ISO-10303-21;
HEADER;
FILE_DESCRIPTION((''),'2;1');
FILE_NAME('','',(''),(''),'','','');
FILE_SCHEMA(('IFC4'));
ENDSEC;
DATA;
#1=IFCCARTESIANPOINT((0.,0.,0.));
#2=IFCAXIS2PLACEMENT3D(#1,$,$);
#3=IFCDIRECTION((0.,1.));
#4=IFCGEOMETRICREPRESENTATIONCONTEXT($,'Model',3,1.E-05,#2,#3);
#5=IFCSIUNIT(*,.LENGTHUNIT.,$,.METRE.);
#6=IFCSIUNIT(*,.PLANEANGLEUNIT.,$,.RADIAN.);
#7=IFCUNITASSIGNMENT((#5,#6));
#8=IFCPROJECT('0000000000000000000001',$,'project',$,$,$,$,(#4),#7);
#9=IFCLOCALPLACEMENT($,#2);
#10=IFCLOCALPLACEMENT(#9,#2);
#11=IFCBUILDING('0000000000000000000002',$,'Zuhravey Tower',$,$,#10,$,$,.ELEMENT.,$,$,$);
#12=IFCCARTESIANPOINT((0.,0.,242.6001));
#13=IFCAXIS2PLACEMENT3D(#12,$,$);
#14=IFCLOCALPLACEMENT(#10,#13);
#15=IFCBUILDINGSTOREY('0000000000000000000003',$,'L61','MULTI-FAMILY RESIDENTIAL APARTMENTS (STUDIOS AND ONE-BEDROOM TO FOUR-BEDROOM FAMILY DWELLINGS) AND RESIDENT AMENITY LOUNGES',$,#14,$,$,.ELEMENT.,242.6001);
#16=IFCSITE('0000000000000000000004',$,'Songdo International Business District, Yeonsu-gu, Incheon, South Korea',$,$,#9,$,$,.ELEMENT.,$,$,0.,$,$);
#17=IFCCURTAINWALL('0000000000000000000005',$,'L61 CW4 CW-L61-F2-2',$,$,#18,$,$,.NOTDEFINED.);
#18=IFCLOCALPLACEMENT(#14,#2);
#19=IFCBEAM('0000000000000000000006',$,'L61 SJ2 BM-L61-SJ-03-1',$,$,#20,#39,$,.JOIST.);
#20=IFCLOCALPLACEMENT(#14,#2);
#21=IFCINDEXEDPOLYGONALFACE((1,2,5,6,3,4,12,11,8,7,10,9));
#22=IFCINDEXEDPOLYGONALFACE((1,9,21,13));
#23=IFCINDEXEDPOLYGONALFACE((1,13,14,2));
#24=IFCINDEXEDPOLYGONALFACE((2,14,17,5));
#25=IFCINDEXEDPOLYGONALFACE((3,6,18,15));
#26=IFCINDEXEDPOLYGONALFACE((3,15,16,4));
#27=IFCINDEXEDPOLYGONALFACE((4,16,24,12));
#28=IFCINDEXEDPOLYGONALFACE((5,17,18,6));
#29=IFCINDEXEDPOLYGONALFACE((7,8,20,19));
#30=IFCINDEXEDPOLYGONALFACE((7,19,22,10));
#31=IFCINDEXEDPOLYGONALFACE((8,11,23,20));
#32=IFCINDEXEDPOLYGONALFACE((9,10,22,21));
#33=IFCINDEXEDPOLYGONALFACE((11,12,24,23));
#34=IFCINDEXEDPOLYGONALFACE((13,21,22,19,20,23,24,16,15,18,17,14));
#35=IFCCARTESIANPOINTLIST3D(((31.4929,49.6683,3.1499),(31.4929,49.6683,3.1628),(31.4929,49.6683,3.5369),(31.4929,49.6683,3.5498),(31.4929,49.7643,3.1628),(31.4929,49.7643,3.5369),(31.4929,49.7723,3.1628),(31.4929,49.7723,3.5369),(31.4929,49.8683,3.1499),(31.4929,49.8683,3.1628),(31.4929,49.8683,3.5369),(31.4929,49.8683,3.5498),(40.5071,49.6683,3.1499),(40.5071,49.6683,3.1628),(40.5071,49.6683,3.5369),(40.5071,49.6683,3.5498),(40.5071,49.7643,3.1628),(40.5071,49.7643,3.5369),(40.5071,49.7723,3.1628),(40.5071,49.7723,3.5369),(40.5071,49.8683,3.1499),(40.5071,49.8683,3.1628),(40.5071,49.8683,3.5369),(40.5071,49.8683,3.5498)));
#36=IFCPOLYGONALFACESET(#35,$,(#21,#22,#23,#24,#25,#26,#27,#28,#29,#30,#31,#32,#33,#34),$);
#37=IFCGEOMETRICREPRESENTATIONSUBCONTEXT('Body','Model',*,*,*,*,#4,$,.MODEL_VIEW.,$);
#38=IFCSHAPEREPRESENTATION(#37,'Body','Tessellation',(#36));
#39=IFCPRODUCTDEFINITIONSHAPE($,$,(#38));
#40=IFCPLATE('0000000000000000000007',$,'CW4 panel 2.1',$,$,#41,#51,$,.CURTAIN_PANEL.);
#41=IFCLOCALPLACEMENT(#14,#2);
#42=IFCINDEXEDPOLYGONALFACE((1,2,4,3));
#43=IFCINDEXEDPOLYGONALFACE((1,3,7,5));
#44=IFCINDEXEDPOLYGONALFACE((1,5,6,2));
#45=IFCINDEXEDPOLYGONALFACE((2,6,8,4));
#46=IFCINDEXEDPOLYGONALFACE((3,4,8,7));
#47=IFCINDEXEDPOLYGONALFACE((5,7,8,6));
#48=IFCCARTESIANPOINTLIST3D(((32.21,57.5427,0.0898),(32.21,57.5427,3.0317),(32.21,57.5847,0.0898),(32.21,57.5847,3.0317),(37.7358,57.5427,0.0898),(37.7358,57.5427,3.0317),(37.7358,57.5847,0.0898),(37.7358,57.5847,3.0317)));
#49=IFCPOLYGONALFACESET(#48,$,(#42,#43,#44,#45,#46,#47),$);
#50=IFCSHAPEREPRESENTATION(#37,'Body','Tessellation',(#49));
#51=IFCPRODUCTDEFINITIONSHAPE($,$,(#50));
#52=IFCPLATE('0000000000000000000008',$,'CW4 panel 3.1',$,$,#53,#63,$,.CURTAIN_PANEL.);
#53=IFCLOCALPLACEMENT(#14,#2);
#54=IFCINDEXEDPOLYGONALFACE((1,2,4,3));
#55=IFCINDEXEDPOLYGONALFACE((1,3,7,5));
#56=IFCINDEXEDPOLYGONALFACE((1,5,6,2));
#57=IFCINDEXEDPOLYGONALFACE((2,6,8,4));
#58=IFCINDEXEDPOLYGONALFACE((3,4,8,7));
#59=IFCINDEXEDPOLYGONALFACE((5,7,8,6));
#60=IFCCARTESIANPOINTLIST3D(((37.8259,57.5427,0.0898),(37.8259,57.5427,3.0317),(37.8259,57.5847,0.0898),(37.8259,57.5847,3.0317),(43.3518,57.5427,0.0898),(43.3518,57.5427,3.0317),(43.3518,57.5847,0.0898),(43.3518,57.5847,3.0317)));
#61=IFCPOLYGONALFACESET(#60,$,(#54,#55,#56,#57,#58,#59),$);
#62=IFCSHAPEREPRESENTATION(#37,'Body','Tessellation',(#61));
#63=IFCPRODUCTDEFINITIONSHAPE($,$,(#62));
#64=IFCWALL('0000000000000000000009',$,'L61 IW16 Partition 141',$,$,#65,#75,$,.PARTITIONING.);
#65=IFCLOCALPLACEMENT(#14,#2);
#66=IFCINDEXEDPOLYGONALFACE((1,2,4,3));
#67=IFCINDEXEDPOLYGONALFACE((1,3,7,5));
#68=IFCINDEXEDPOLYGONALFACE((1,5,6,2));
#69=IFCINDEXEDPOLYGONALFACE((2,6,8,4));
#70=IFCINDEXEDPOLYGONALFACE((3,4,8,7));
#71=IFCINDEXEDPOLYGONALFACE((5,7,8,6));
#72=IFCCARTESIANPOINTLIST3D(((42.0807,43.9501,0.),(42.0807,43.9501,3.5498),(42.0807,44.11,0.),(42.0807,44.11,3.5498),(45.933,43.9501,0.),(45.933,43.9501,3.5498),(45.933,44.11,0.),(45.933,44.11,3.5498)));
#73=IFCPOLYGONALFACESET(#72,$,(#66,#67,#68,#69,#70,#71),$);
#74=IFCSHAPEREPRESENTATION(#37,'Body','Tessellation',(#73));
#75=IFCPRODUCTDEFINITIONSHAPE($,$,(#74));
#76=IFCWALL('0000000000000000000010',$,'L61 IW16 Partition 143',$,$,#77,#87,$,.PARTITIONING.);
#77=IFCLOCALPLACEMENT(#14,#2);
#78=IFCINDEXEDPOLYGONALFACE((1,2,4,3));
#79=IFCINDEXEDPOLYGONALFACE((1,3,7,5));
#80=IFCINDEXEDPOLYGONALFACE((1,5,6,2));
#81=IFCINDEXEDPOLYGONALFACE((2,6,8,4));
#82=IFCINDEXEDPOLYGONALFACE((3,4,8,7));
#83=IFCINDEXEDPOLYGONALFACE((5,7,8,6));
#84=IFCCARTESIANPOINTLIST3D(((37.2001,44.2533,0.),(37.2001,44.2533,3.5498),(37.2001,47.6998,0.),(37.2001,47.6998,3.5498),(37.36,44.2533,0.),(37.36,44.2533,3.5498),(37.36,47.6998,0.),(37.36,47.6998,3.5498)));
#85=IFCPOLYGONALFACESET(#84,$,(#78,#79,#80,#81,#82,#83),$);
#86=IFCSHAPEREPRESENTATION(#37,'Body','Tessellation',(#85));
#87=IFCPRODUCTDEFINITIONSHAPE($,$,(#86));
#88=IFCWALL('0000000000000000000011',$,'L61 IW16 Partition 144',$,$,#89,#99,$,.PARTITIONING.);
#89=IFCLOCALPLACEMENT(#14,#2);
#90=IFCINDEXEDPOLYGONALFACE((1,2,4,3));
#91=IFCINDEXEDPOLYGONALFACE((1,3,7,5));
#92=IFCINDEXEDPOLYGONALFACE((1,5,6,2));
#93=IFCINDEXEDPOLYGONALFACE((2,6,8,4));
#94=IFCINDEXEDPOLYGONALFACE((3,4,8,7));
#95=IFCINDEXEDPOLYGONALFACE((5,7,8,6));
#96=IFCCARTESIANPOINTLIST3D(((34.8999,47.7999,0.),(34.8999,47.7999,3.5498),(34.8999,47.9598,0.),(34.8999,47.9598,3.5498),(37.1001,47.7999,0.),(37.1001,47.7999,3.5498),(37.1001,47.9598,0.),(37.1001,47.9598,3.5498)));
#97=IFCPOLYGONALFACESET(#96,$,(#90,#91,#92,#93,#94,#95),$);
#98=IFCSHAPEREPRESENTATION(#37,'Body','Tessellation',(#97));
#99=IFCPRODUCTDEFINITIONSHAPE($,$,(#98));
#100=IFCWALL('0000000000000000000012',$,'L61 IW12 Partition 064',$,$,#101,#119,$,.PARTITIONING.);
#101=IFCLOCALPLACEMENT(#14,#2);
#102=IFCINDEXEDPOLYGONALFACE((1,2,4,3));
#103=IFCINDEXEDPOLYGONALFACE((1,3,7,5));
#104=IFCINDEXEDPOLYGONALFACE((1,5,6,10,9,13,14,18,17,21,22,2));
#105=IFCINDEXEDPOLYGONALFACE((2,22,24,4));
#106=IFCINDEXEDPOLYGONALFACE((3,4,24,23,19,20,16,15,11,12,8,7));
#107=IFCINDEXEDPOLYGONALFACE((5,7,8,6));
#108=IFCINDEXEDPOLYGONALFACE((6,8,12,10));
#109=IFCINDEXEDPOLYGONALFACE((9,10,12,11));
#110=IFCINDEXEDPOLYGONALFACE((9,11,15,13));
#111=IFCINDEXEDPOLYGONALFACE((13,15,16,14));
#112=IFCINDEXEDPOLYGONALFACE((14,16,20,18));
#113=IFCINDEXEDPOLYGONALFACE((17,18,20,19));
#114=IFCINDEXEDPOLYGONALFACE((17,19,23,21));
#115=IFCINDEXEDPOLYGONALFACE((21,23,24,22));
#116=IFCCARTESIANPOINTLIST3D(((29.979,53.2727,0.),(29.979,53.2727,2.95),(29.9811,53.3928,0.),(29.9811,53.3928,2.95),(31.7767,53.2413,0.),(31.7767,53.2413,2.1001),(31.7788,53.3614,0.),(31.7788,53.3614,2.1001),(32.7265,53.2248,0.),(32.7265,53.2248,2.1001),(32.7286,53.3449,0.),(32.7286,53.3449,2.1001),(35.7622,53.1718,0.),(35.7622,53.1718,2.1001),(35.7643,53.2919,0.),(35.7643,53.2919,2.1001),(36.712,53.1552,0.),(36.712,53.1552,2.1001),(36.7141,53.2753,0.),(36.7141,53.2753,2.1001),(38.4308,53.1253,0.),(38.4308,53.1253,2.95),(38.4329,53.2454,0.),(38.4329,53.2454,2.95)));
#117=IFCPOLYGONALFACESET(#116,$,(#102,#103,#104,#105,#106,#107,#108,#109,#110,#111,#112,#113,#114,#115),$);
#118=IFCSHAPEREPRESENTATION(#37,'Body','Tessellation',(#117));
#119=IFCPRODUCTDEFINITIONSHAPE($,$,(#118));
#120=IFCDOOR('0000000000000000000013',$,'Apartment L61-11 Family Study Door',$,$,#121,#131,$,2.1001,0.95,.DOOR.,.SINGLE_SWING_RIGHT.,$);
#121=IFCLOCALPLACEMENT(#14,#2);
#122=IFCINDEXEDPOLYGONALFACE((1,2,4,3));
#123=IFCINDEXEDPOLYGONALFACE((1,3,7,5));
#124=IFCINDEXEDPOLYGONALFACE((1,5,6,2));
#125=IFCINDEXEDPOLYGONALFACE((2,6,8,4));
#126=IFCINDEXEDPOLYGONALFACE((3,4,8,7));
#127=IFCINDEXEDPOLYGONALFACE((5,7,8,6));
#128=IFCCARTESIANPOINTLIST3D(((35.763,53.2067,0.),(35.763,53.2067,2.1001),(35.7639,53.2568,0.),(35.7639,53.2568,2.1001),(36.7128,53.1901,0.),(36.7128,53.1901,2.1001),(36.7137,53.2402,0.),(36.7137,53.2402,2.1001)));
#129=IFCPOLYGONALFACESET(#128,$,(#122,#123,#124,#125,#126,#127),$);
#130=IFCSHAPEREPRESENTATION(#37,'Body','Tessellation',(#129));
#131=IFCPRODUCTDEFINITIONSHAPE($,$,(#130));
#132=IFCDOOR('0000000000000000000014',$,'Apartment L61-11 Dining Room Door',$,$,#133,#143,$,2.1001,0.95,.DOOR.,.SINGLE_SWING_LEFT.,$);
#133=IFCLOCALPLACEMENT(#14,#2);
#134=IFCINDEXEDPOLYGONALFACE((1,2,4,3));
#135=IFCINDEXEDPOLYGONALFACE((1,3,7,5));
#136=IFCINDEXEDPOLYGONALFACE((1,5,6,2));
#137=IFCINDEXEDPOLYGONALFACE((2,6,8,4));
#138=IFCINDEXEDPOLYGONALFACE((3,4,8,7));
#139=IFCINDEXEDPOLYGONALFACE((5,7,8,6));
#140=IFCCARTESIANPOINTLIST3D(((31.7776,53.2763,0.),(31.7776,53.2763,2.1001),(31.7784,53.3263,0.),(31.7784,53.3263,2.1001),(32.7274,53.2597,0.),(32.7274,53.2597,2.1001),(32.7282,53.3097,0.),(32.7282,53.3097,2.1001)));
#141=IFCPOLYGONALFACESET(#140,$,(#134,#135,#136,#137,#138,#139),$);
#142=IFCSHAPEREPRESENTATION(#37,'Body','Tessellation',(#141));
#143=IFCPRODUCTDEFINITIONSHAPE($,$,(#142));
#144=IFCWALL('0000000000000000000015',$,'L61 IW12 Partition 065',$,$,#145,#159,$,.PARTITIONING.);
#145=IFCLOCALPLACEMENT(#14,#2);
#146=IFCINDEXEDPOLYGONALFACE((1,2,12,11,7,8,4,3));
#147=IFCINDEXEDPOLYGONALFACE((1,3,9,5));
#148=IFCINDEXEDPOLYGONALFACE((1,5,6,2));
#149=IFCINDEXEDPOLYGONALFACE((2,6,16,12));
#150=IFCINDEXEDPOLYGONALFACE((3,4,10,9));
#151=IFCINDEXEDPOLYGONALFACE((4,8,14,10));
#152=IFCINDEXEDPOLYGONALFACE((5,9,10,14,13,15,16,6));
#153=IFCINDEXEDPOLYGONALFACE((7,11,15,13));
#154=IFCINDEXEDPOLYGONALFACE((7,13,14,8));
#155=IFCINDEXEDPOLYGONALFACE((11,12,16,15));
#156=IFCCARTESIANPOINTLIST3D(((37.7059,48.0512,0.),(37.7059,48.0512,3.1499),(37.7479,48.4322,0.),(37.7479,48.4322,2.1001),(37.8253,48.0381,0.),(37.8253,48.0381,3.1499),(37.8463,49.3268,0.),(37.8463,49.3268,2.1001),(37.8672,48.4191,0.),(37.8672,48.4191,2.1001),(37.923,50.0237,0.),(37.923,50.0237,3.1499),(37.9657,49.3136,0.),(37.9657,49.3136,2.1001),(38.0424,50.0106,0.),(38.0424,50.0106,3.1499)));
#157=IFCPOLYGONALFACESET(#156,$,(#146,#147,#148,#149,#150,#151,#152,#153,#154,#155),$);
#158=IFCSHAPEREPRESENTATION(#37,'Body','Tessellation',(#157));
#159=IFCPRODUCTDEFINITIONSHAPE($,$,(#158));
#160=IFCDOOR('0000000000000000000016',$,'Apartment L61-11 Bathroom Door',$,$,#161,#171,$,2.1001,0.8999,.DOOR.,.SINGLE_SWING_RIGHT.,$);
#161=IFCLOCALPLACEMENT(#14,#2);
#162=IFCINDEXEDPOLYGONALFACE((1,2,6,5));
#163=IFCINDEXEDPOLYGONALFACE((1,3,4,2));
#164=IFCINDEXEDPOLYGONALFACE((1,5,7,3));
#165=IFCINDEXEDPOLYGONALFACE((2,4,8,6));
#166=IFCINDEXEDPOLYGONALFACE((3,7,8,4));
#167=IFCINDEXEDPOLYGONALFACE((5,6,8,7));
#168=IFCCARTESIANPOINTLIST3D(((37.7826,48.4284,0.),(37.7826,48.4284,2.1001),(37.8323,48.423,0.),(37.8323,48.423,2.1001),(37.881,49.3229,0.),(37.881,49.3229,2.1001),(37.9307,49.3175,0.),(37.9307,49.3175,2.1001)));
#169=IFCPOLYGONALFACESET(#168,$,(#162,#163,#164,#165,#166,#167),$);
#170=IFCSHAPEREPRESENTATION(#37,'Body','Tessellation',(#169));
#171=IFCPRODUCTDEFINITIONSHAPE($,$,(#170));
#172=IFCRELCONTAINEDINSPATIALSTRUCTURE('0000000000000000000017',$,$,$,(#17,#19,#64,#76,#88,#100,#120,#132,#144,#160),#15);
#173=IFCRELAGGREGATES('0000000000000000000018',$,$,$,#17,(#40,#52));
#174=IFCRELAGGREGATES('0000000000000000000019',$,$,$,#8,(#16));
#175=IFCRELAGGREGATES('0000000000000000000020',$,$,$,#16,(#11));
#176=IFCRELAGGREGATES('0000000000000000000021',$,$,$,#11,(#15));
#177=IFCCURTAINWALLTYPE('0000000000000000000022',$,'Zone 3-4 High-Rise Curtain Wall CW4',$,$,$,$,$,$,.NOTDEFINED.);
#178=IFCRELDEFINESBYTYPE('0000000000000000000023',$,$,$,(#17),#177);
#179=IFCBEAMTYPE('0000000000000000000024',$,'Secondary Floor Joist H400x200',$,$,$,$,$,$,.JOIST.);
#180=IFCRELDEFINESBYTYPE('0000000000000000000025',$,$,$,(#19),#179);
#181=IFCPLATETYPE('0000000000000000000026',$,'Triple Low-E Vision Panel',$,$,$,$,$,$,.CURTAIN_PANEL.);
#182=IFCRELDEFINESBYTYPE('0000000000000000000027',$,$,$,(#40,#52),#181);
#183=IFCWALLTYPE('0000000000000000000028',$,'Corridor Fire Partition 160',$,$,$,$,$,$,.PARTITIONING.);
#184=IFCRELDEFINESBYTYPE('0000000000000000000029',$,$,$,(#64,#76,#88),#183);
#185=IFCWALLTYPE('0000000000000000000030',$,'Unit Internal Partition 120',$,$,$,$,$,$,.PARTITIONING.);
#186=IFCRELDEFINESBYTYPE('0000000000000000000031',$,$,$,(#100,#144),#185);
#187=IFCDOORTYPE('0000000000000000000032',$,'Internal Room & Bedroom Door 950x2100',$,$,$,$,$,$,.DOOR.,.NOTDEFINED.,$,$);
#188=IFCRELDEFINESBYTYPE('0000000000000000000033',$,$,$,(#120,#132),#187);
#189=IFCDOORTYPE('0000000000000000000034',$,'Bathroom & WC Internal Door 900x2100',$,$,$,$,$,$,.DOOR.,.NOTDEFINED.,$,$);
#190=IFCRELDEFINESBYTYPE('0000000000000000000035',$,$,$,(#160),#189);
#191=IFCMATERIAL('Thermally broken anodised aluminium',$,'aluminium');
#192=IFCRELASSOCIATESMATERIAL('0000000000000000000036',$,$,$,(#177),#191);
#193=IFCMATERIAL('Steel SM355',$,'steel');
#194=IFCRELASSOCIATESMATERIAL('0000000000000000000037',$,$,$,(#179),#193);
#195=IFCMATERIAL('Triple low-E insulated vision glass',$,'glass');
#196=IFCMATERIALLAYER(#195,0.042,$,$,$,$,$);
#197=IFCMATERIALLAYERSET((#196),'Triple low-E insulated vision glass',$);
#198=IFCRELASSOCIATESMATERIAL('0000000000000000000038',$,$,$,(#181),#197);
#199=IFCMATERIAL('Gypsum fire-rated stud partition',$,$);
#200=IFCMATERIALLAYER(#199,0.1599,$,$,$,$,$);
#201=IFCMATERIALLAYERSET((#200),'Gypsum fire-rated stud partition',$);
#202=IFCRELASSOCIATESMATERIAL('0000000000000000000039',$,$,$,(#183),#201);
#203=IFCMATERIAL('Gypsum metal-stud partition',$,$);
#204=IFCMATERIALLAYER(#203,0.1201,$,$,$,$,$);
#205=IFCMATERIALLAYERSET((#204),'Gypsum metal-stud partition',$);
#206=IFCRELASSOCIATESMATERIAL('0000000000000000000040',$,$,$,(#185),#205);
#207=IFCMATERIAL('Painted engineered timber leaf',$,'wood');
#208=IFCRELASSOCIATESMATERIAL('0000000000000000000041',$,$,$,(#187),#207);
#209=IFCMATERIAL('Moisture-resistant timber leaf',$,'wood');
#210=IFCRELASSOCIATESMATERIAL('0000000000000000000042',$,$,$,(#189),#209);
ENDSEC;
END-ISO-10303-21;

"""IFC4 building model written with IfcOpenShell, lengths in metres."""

from ifc_helpers import new_model, si_unit, direction, frame, frame_2d, origin, origin_2d, place, context, subcontext, project, spatial, rectangle, i_section, extrude, material, layer, layer_set, material_profile, profile_set, type_object, element, fill, aggregate, save


model = new_model("IFC4")

# Units and contexts
model_context = context("Model", 3, precision=1e-05, world=origin(), true_north=direction((0.0, 1.0)))
body_context = subcontext(model_context, "Body", "Model", "MODEL_VIEW")
ifc_project = project(units=[si_unit("LENGTHUNIT", "METRE"), si_unit("PLANEANGLEUNIT", "RADIAN")], contexts=[model_context])

# Site, building, storey
site_placement = place(None, origin())
site = spatial("IfcSite", under=ifc_project, at=site_placement, Name="Songdo International Business District, Yeonsu-gu, Incheon, South Korea", CompositionType="ELEMENT", RefElevation=0.0)
building_placement = place(site_placement, origin())
building = spatial("IfcBuilding", under=site, at=building_placement, Name="Zuhravey Tower", CompositionType="ELEMENT")
storey_placement = place(building_placement, frame((0.0, 0.0, 242.6001)))
storey = spatial("IfcBuildingStorey", under=building, at=storey_placement, Name="L61", Description="MULTI-FAMILY RESIDENTIAL APARTMENTS (STUDIOS AND ONE-BEDROOM TO FOUR-BEDROOM FAMILY DWELLINGS) AND RESIDENT AMENITY LOUNGES", CompositionType="ELEMENT", Elevation=242.6001)

# Curtain wall
ifc_material_1 = material(Name="Thermally broken anodised aluminium", Category="aluminium")
curtain_wall_type = type_object("IfcCurtainWallType", Name="Zone 3-4 High-Rise Curtain Wall CW4", PredefinedType="NOTDEFINED", material=ifc_material_1)
curtain_wall_placement = place(storey_placement, origin())
curtain_wall = element("IfcCurtainWall", 1, at=curtain_wall_placement, inside=storey, type_object=curtain_wall_type, Name="L61 CW4 CW-L61-F2-2", PredefinedType="NOTDEFINED")

# Beam
ifc_material_2 = material(Name="Steel SM355", Category="steel")
ifc_material_profile_1 = material_profile(ifc_material_2, i_section(OverallWidth=0.2, OverallDepth=0.3999, WebThickness=0.0081, FlangeThickness=0.0129, at=origin_2d()), Name="H-400x200x8x13")
ifc_profile_set_1 = profile_set([ifc_material_profile_1], Name="Steel SM355")
beam_type_1 = type_object("IfcBeamType", Name="Secondary Floor Joist H400x200", PredefinedType="JOIST", material=ifc_profile_set_1)
beam_1_placement = place(storey_placement, frame((40.5071, 49.7683, 3.3499), z_axis=(-1.0, 0.0, 0.0), x_axis=(0.0, -1.0, 0.0)))
element("IfcBeam", 2, at=beam_1_placement, inside=storey, type_object=beam_type_1, Name="L61 SJ2 BM-L61-SJ-03-1", PredefinedType="JOIST", context=body_context, shape_type="SweptSolid", body=[
    extrude(i_section(OverallWidth=0.2, OverallDepth=0.3999, WebThickness=0.0081, FlangeThickness=0.0129, at=origin_2d()), origin(), (0.0, 0.0, 1.0), 9.0142),
])

# Plates
ifc_material_3 = material(Name="Triple low-E insulated vision glass", Category="glass")
ifc_layer_1 = layer(ifc_material_3, 0.042)
ifc_layer_set_1 = layer_set([ifc_layer_1], Name="Triple low-E insulated vision glass")
plate_type = type_object("IfcPlateType", Name="Triple Low-E Vision Panel", PredefinedType="CURTAIN_PANEL", material=ifc_layer_set_1)
plate_1_placement = place(storey_placement, frame((34.9729, 57.5637, 0.0898), z_axis=(0.0, 0.0, 1.0), x_axis=(1.0, 0.0, 0.0)))
plate_1 = element("IfcPlate", 3, at=plate_1_placement, type_object=plate_type, Name="CW4 panel 2.1", PredefinedType="CURTAIN_PANEL", context=body_context, shape_type="SweptSolid", body=[
    extrude(rectangle(XDim=5.5259, YDim=0.042, at=origin_2d()), origin(), (0.0, 0.0, 1.0), 2.9419),
])
plate_2_placement = place(storey_placement, frame((40.5889, 57.5637, 0.0898), z_axis=(0.0, 0.0, 1.0), x_axis=(1.0, 0.0, 0.0)))
plate_2 = element("IfcPlate", 4, at=plate_2_placement, type_object=plate_type, Name="CW4 panel 3.1", PredefinedType="CURTAIN_PANEL", context=body_context, shape_type="SweptSolid", body=[
    extrude(rectangle(XDim=5.5259, YDim=0.042, at=origin_2d()), origin(), (0.0, 0.0, 1.0), 2.9419),
])
aggregate(curtain_wall, [plate_1, plate_2])

# Shared definitions
ifc_material_4 = material(Name="Gypsum fire-rated stud partition")
ifc_layer_2 = layer(ifc_material_4, 0.1599)
ifc_layer_set_2 = layer_set([ifc_layer_2], Name="Gypsum fire-rated stud partition")
wall_type_1 = type_object("IfcWallType", Name="Corridor Fire Partition 160", PredefinedType="PARTITIONING", material=ifc_layer_set_2)

# Walls
wall_1_placement = place(storey_placement, frame((45.9331, 44.03, 0.0), z_axis=(0.0, 0.0, 1.0), x_axis=(-1.0, 0.0, 0.0)))
element("IfcWall", 5, at=wall_1_placement, inside=storey, type_object=wall_type_1, Name="L61 IW16 Partition 141", PredefinedType="PARTITIONING", context=body_context, shape_type="SweptSolid", body=[
    extrude(rectangle(XDim=3.8523, YDim=0.1599, at=frame_2d((1.9263, 0.0))), origin(), (0.0, 0.0, 1.0), 3.5498),
])
wall_2_placement = place(storey_placement, frame((37.28, 44.2534, 0.0), z_axis=(0.0, 0.0, 1.0), x_axis=(0.0, 1.0, 0.0)))
element("IfcWall", 6, at=wall_2_placement, inside=storey, type_object=wall_type_1, Name="L61 IW16 Partition 143", PredefinedType="PARTITIONING", context=body_context, shape_type="SweptSolid", body=[
    extrude(rectangle(XDim=3.4465, YDim=0.1599, at=frame_2d((1.7231, 0.0))), origin(), (0.0, 0.0, 1.0), 3.5498),
])
wall_3_placement = place(storey_placement, frame((37.1001, 47.8799, 0.0), z_axis=(0.0, 0.0, 1.0), x_axis=(-1.0, 0.0, 0.0)))
element("IfcWall", 7, at=wall_3_placement, inside=storey, type_object=wall_type_1, Name="L61 IW16 Partition 144", PredefinedType="PARTITIONING", context=body_context, shape_type="SweptSolid", body=[
    extrude(rectangle(XDim=2.2002, YDim=0.1599, at=frame_2d((1.1001, 0.0))), origin(), (0.0, 0.0, 1.0), 3.5498),
])

# Wall, openings, doors
ifc_material_5 = material(Name="Gypsum metal-stud partition")
ifc_layer_3 = layer(ifc_material_5, 0.1201)
ifc_layer_set_3 = layer_set([ifc_layer_3], Name="Gypsum metal-stud partition")
wall_type_2 = type_object("IfcWallType", Name="Unit Internal Partition 120", PredefinedType="PARTITIONING", material=ifc_layer_set_3)
wall_4_placement = place(storey_placement, frame((38.4319, 53.1853, 0.0), z_axis=(0.0, 0.0, 1.0), x_axis=(-0.999848, 0.017444, 0.0)))
wall_4 = element("IfcWall", 8, at=wall_4_placement, inside=storey, type_object=wall_type_2, Name="L61 IW12 Partition 064", PredefinedType="PARTITIONING", context=body_context, shape_type="SweptSolid", body=[
    extrude(rectangle(XDim=8.4531, YDim=0.1201, at=frame_2d((4.2266, 0.0))), origin(), (0.0, 0.0, 1.0), 2.95),
])
opening_1_placement = place(wall_4_placement, frame((1.719, 0.0, 0.0)))
opening_1 = element("IfcOpeningElement", 9, at=opening_1_placement, cuts=wall_4, PredefinedType="OPENING", context=body_context, shape_type="SweptSolid", body=[
    extrude(rectangle(XDim=0.95, YDim=2.1001, at=frame_2d((0.4751, 1.05))), frame((0.0, 0.072, 0.0), z_axis=(0.0, -1.0, 0.0), x_axis=(1.0, 0.0, 0.0)), (0.0, 0.0, 1.0), 0.144),
])
opening_2_placement = place(wall_4_placement, frame((5.7051, 0.0, 0.0)))
opening_2 = element("IfcOpeningElement", 10, at=opening_2_placement, cuts=wall_4, PredefinedType="OPENING", context=body_context, shape_type="SweptSolid", body=[
    extrude(rectangle(XDim=0.95, YDim=2.1001, at=frame_2d((0.4751, 1.05))), frame((0.0, 0.072, 0.0), z_axis=(0.0, -1.0, 0.0), x_axis=(1.0, 0.0, 0.0)), (0.0, 0.0, 1.0), 0.144),
])
ifc_material_6 = material(Name="Painted engineered timber leaf", Category="wood")
door_type_1 = type_object("IfcDoorType", Name="Internal Room & Bedroom Door 950x2100", OperationType="NOTDEFINED", PredefinedType="DOOR", material=ifc_material_6)
door_1_placement = place(opening_1_placement, frame((0.95, 0.0, 0.0), z_axis=(0.0, 0.0, 1.0), x_axis=(-1.0, 0.0, 0.0)))
door_1 = element("IfcDoor", 11, at=door_1_placement, inside=storey, type_object=door_type_1, Name="Apartment L61-11 Family Study Door", OperationType="SINGLE_SWING_RIGHT", OverallHeight=2.1001, OverallWidth=0.95, PredefinedType="DOOR", context=body_context, shape_type="SweptSolid", body=[
    extrude(rectangle(XDim=0.95, YDim=2.1001, at=frame_2d((0.4751, 1.05))), frame((0.0, 0.0249, 0.0), z_axis=(0.0, -1.0, 0.0), x_axis=(1.0, 0.0, 0.0)), (0.0, 0.0, 1.0), 0.05),
])
fill(opening_1, door_1)
door_2_placement = place(opening_2_placement, frame((0.95, 0.0, 0.0), z_axis=(0.0, 0.0, 1.0), x_axis=(-1.0, 0.0, 0.0)))
door_2 = element("IfcDoor", 12, at=door_2_placement, inside=storey, type_object=door_type_1, Name="Apartment L61-11 Dining Room Door", OperationType="SINGLE_SWING_LEFT", OverallHeight=2.1001, OverallWidth=0.95, PredefinedType="DOOR", context=body_context, shape_type="SweptSolid", body=[
    extrude(rectangle(XDim=0.95, YDim=2.1001, at=frame_2d((0.4751, 1.05))), frame((0.0, 0.0249, 0.0), z_axis=(0.0, -1.0, 0.0), x_axis=(1.0, 0.0, 0.0)), (0.0, 0.0, 1.0), 0.05),
])
fill(opening_2, door_2)

# Wall, opening, door
wall_5_placement = place(storey_placement, frame((37.7656, 48.0447, 0.0), z_axis=(0.0, 0.0, 1.0), x_axis=(0.109378, 0.994, 0.0)))
wall_5 = element("IfcWall", 13, at=wall_5_placement, inside=storey, type_object=wall_type_2, Name="L61 IW12 Partition 065", PredefinedType="PARTITIONING", context=body_context, shape_type="SweptSolid", body=[
    extrude(rectangle(XDim=1.9844, YDim=0.1201, at=frame_2d((0.9922, 0.0))), origin(), (0.0, 0.0, 1.0), 3.1499),
])
opening_3_placement = place(wall_5_placement, frame((0.3833, 0.0, 0.0)))
opening_3 = element("IfcOpeningElement", 14, at=opening_3_placement, cuts=wall_5, PredefinedType="OPENING", context=body_context, shape_type="SweptSolid", body=[
    extrude(rectangle(XDim=0.8999, YDim=2.1001, at=frame_2d((0.45, 1.05))), frame((0.0, 0.072, 0.0), z_axis=(0.0, -1.0, 0.0), x_axis=(1.0, 0.0, 0.0)), (0.0, 0.0, 1.0), 0.144),
])
ifc_material_7 = material(Name="Moisture-resistant timber leaf", Category="wood")
door_type_2 = type_object("IfcDoorType", Name="Bathroom & WC Internal Door 900x2100", OperationType="NOTDEFINED", PredefinedType="DOOR", material=ifc_material_7)
door_3_placement = place(opening_3_placement, frame((0.8999, 0.0, 0.0), z_axis=(0.0, 0.0, 1.0), x_axis=(-1.0, 0.0, 0.0)))
door_3 = element("IfcDoor", 15, at=door_3_placement, inside=storey, type_object=door_type_2, Name="Apartment L61-11 Bathroom Door", OperationType="SINGLE_SWING_RIGHT", OverallHeight=2.1001, OverallWidth=0.8999, PredefinedType="DOOR", context=body_context, shape_type="SweptSolid", body=[
    extrude(rectangle(XDim=0.8999, YDim=2.1001, at=frame_2d((0.45, 1.05))), frame((0.0, 0.0249, 0.0), z_axis=(0.0, -1.0, 0.0), x_axis=(1.0, 0.0, 0.0)), (0.0, 0.0, 1.0), 0.05),
])
fill(opening_3, door_3)

save(model, "model.ifc")
